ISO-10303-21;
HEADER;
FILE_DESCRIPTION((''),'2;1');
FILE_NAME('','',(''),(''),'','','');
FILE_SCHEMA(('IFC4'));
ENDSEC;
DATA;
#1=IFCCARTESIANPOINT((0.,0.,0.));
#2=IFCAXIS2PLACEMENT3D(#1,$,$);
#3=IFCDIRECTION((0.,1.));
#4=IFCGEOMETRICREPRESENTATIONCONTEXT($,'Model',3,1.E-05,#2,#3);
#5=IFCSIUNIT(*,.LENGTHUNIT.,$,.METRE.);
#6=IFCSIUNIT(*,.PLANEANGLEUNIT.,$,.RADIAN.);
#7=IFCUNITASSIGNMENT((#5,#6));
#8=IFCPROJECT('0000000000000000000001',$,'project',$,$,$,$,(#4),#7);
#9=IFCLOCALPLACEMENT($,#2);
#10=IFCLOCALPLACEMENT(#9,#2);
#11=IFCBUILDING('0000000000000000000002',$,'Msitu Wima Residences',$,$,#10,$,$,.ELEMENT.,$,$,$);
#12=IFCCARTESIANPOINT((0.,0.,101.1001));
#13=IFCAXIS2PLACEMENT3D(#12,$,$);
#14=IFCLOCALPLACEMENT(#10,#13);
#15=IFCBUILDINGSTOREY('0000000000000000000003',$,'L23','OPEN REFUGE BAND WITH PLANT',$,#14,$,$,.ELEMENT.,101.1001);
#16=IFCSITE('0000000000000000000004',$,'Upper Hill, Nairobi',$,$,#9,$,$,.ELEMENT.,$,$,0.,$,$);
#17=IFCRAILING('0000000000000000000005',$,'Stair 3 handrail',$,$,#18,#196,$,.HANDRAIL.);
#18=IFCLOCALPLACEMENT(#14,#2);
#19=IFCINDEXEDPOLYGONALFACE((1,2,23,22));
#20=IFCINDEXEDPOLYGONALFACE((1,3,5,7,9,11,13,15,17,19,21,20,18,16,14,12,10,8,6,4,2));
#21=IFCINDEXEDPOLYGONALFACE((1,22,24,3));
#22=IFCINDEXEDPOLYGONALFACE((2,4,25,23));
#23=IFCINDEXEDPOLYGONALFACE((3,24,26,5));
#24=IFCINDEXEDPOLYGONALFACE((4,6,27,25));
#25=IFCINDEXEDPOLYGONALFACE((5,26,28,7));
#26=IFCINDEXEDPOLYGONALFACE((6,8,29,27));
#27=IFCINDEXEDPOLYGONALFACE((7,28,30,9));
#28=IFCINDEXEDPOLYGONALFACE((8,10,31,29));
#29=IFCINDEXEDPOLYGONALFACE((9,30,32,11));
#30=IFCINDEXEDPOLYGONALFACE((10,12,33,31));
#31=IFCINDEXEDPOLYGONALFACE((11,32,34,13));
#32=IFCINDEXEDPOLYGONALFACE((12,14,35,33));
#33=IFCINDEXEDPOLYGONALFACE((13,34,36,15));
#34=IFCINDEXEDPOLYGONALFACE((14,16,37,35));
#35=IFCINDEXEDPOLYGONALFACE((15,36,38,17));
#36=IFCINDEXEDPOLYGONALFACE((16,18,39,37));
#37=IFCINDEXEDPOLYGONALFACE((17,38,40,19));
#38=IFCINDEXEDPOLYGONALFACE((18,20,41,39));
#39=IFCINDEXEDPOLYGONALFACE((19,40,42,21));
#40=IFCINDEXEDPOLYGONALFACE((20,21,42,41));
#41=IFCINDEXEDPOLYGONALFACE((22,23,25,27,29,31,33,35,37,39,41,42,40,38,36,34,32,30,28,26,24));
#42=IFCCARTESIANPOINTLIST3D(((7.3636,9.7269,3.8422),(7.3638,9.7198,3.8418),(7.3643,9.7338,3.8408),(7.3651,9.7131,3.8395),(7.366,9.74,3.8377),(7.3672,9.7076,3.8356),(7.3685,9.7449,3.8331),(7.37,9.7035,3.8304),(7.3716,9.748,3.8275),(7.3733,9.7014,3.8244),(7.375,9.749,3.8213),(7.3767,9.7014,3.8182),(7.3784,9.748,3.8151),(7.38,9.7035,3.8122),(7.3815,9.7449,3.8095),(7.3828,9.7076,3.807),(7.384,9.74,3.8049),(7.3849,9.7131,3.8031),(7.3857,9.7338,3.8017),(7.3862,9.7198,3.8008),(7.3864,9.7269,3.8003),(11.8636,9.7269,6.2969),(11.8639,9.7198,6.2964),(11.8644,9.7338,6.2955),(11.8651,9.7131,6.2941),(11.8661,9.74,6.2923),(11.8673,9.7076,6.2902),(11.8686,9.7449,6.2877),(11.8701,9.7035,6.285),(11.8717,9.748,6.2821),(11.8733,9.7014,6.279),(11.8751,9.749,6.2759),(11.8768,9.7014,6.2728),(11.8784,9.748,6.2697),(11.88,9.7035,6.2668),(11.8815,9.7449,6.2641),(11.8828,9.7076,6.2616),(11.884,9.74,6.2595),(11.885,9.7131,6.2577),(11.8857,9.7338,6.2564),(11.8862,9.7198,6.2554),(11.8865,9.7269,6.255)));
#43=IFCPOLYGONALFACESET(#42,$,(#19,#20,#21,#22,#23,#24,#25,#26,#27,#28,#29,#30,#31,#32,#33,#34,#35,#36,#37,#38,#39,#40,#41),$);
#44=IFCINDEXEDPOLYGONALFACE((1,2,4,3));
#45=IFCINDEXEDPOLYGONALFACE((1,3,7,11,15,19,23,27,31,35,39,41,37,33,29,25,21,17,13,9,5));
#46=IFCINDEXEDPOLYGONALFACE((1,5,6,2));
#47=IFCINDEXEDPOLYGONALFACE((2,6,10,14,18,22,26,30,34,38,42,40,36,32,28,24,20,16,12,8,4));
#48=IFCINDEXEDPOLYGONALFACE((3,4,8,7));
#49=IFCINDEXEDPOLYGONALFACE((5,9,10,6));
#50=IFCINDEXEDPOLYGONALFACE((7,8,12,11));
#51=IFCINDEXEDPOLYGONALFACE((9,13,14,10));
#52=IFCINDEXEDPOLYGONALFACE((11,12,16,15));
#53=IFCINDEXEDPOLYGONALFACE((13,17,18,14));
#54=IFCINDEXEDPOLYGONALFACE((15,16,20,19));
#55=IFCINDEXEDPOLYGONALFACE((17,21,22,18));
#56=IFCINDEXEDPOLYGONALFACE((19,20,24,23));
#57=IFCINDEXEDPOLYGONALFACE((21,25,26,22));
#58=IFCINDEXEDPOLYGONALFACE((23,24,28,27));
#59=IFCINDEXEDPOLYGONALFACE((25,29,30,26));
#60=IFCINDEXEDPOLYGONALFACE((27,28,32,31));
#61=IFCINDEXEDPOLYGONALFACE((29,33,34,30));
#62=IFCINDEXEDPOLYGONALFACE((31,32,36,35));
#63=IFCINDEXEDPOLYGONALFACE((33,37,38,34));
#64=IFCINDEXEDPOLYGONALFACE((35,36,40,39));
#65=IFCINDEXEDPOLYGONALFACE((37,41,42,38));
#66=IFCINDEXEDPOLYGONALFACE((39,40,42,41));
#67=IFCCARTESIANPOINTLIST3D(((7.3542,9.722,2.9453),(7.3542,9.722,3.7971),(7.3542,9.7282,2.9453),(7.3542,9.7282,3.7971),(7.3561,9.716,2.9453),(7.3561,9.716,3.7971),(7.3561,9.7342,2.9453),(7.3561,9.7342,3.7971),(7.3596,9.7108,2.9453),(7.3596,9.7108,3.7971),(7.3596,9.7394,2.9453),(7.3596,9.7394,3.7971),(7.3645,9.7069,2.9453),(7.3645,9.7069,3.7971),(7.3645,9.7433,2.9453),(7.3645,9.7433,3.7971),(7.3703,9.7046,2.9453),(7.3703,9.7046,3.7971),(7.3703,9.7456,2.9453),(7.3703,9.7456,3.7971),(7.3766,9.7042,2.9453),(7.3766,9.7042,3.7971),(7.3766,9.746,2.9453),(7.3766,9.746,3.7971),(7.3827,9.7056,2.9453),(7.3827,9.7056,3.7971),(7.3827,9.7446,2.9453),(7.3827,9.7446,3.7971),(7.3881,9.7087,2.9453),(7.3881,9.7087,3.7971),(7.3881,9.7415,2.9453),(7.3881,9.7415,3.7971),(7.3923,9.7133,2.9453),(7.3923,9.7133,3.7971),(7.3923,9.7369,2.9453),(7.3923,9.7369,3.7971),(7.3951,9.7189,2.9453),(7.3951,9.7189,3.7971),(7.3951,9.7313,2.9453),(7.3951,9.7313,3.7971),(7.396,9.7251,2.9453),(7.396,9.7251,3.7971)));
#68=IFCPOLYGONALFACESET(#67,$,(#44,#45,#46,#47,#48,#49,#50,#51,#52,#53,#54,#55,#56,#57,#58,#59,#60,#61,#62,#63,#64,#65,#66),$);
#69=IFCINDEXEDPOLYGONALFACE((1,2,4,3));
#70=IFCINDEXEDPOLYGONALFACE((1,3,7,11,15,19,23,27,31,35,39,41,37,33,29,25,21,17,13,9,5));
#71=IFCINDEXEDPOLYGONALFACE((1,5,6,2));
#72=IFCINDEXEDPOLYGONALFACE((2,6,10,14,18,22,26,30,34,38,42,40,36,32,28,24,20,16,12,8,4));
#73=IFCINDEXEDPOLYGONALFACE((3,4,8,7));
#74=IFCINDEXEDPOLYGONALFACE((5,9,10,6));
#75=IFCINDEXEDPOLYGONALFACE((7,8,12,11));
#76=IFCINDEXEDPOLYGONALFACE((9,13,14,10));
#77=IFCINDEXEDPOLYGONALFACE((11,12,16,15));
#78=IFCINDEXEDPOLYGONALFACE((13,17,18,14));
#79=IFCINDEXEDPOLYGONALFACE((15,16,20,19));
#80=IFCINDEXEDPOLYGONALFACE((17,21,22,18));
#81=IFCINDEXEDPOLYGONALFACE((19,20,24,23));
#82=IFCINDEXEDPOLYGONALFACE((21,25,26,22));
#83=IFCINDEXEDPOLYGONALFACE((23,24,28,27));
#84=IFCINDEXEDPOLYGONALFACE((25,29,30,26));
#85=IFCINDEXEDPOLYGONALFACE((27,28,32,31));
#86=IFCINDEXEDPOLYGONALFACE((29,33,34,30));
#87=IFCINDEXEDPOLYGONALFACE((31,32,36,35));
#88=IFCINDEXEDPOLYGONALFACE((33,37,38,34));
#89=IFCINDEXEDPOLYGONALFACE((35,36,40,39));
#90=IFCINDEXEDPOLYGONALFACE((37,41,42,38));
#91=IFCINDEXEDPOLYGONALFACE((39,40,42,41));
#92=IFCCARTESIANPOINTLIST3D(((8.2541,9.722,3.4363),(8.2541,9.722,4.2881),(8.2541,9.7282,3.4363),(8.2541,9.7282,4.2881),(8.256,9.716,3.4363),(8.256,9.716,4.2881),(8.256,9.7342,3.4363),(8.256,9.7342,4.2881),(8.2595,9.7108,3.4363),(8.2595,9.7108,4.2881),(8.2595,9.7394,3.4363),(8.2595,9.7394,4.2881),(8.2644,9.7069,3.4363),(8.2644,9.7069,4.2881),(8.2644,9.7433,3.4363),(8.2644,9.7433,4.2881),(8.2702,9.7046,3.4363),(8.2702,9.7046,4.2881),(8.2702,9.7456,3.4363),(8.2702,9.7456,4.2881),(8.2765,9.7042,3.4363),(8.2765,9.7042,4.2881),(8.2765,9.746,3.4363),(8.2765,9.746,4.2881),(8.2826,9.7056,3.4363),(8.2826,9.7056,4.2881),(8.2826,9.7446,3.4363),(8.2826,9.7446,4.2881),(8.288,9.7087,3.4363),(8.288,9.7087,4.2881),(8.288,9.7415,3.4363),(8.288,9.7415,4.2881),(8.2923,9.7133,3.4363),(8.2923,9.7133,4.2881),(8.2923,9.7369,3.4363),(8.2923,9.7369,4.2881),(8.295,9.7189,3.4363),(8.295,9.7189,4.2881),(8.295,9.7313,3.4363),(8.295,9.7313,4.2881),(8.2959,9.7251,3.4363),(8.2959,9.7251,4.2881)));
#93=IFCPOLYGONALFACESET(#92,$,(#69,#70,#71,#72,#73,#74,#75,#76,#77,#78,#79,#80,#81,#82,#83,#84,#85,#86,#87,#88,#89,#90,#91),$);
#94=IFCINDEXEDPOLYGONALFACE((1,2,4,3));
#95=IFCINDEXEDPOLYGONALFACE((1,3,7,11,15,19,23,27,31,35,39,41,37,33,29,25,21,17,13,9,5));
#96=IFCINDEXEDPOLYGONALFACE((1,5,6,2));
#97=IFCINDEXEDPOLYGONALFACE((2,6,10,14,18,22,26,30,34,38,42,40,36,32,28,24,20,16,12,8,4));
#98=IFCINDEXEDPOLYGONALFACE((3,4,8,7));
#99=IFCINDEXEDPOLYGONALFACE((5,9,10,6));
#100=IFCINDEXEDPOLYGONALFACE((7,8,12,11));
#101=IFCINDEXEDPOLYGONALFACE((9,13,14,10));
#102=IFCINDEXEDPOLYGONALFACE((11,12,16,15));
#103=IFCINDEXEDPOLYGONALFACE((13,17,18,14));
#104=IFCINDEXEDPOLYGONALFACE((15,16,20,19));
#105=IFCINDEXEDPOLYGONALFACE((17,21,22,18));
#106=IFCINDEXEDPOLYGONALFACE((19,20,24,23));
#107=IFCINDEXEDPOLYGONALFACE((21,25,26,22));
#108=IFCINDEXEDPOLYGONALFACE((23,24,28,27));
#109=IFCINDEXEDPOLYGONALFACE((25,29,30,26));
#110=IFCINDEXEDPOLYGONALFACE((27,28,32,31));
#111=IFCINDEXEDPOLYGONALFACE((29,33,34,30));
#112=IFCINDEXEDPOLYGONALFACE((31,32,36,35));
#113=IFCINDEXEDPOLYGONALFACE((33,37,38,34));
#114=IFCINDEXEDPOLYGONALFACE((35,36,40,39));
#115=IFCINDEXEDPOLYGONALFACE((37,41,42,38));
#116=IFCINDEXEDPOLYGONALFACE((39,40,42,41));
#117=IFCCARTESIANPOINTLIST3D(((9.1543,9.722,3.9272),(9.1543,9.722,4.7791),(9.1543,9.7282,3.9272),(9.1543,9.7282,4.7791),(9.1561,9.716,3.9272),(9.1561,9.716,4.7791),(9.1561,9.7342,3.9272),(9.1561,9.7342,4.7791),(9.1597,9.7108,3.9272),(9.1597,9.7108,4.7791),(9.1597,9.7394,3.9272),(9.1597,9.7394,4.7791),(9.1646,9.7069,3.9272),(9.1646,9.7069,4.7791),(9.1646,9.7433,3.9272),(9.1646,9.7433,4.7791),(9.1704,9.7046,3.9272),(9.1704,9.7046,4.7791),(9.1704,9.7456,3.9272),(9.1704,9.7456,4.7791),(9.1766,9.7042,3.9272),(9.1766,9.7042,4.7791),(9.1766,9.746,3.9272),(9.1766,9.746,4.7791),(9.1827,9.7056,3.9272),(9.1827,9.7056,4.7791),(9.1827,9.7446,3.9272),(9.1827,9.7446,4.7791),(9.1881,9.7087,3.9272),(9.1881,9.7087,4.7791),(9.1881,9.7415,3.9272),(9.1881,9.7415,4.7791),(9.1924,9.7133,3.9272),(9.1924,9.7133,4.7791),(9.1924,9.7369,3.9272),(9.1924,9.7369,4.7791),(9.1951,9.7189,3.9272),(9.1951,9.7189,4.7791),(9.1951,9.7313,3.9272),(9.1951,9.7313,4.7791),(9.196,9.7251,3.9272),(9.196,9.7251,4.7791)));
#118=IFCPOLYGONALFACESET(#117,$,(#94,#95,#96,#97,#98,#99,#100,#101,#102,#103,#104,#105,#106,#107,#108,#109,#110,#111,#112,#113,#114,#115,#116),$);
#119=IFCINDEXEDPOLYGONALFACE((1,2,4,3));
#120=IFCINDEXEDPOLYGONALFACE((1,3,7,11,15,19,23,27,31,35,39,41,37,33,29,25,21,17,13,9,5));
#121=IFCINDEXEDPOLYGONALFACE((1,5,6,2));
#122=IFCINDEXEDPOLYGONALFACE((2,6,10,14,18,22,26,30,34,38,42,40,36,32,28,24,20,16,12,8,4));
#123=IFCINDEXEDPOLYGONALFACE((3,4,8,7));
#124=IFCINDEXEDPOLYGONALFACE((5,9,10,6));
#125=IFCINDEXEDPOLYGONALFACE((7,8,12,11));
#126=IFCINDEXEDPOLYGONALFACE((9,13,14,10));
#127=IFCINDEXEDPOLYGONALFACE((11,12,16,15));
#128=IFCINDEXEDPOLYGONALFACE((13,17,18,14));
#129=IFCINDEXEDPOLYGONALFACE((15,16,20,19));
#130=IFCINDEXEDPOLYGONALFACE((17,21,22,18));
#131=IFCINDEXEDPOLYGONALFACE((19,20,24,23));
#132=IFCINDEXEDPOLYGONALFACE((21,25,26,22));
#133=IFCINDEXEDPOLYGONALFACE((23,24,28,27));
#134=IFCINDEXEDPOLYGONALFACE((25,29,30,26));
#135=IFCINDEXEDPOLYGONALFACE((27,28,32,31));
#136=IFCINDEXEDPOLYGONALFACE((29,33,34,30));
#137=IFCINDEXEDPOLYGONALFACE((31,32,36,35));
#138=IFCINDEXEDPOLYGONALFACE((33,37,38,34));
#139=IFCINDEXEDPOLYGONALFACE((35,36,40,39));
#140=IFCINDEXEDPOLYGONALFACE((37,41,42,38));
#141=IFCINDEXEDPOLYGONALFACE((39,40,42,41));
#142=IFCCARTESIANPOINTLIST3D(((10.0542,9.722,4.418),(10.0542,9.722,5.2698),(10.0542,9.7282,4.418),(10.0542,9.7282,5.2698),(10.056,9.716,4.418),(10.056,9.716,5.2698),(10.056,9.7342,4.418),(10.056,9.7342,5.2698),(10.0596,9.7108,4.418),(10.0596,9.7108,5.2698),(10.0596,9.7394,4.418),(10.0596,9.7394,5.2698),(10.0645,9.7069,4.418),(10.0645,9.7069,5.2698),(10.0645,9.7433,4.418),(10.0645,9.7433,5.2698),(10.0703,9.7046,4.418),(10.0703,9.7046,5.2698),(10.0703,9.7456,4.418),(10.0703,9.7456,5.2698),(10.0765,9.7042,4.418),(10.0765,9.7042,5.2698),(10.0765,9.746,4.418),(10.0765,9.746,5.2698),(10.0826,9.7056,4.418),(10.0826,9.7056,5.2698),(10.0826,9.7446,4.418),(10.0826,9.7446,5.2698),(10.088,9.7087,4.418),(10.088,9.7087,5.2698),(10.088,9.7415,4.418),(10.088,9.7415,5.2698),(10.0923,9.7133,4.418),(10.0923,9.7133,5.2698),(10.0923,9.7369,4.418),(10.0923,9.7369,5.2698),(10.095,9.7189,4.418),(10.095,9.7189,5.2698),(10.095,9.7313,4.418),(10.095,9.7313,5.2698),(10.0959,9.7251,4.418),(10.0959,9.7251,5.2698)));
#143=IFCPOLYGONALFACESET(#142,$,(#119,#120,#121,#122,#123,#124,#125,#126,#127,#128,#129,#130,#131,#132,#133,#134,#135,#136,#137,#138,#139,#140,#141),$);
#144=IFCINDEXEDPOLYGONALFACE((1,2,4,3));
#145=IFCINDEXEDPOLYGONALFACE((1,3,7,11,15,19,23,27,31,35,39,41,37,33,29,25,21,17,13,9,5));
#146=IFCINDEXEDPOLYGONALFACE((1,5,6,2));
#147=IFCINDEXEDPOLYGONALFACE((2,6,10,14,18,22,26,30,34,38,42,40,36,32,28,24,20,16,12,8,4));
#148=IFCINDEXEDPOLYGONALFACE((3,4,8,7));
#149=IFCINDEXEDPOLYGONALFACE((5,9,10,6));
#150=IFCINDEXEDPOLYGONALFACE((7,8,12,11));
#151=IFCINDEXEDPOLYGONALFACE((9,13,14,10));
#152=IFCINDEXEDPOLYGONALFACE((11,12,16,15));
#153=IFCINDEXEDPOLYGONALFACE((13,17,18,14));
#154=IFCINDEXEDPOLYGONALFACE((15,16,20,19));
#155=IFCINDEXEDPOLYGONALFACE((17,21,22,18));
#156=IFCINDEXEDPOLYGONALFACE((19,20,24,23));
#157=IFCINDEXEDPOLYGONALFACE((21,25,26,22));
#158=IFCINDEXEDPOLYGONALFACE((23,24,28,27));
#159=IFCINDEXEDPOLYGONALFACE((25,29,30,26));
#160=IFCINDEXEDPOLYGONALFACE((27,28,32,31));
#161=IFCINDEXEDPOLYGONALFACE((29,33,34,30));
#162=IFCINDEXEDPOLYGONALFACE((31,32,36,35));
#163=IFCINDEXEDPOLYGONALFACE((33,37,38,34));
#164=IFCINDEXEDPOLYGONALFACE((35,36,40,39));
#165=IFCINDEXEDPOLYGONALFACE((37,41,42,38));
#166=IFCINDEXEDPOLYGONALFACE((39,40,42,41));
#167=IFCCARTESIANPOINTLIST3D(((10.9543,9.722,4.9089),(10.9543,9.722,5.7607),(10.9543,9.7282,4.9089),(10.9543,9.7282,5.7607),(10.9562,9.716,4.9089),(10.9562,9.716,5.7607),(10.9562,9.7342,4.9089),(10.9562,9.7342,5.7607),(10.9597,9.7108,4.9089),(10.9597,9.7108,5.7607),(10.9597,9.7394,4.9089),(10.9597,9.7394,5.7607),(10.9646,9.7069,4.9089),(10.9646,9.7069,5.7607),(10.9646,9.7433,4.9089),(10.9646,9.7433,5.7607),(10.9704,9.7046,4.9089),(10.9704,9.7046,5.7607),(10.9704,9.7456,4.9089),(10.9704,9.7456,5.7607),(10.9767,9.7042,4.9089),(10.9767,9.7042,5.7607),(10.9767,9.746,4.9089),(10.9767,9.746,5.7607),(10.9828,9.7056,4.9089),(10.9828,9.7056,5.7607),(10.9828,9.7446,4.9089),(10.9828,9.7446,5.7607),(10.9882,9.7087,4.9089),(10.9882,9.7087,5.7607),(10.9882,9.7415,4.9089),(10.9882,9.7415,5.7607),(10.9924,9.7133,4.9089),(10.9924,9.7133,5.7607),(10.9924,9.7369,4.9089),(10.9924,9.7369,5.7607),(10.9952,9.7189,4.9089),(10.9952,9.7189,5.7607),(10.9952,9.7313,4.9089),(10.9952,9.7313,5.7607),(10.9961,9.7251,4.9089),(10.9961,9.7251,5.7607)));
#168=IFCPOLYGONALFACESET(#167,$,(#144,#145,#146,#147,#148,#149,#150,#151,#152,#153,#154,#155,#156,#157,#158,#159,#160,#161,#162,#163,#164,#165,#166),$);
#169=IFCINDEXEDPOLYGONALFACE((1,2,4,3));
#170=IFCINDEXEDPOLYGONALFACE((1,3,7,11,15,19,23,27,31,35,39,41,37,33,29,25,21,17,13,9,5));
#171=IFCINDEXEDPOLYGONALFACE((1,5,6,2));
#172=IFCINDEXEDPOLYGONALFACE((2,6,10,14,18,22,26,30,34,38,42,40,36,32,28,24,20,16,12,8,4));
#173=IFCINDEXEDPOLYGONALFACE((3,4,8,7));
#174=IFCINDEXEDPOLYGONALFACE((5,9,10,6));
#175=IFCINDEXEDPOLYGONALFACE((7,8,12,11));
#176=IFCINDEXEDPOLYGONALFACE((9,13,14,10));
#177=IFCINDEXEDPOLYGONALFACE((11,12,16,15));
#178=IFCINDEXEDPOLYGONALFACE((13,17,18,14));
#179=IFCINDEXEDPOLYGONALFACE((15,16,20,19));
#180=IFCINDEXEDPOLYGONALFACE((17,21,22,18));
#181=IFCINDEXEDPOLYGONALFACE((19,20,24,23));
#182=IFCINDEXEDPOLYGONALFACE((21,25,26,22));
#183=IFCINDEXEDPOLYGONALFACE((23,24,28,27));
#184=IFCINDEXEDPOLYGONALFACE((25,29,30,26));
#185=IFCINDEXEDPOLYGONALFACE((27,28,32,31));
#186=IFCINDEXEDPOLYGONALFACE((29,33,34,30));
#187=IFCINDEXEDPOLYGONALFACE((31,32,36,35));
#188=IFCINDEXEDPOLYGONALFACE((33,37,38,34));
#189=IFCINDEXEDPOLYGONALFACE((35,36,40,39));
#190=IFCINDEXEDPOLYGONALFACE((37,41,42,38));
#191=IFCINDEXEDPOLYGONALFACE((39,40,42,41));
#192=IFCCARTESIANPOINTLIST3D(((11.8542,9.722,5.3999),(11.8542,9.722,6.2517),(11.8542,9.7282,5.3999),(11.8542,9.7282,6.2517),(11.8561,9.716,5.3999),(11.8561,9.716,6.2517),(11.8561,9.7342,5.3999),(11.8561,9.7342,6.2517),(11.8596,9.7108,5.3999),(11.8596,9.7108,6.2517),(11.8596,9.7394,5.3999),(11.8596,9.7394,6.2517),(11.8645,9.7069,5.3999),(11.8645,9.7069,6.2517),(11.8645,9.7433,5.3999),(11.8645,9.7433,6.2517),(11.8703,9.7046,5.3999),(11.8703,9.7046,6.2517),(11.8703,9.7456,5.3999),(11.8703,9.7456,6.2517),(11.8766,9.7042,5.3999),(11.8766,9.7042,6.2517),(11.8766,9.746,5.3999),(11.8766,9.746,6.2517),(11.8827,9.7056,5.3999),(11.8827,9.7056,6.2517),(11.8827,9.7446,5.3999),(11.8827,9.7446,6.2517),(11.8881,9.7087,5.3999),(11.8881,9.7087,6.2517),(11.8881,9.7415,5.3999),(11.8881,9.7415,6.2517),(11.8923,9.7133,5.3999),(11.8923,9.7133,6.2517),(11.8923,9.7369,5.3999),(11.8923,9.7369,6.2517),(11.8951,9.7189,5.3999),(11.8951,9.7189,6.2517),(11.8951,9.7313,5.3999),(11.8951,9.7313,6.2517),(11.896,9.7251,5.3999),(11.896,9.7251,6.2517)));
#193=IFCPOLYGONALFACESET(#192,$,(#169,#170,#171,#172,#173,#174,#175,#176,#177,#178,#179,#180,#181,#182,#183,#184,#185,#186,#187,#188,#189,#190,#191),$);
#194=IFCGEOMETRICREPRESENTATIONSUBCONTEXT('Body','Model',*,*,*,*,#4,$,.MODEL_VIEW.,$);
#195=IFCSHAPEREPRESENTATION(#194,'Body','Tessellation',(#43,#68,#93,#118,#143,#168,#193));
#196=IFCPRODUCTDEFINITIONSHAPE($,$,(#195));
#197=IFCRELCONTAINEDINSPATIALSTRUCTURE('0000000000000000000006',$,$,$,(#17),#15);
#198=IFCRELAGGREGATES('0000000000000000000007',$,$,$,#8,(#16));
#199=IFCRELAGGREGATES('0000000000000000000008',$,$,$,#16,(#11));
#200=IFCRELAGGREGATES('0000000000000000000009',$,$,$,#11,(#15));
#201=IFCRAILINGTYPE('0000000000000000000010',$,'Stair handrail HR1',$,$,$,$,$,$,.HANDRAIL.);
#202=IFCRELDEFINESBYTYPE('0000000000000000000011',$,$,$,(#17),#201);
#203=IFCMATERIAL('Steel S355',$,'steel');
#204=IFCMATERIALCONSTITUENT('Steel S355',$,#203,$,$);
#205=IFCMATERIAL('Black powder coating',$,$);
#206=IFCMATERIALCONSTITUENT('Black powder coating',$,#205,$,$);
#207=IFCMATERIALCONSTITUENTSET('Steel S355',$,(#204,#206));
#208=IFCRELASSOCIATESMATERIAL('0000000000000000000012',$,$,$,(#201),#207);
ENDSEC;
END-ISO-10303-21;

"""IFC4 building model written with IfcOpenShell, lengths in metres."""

from ifc_helpers import new_model, si_unit, direction, frame, origin, origin_2d, place, context, subcontext, project, spatial, circle, extrude, material, constituent, constituent_set, type_object, element, save


model = new_model("IFC4")

# Units and contexts
model_context = context("Model", 3, precision=1e-05, world=origin(), true_north=direction((0.0, 1.0)))
body_context = subcontext(model_context, "Body", "Model", "MODEL_VIEW")
ifc_project = project(units=[si_unit("LENGTHUNIT", "METRE"), si_unit("PLANEANGLEUNIT", "RADIAN")], contexts=[model_context])

# Site, building, storey
site_placement = place(None, origin())
site = spatial("IfcSite", under=ifc_project, at=site_placement, Name="Upper Hill, Nairobi", CompositionType="ELEMENT", RefElevation=0.0)
building_placement = place(site_placement, origin())
building = spatial("IfcBuilding", under=site, at=building_placement, Name="Msitu Wima Residences", CompositionType="ELEMENT")
storey_placement = place(building_placement, frame((0.0, 0.0, 101.1001)))
storey = spatial("IfcBuildingStorey", under=building, at=storey_placement, Name="L23", Description="OPEN REFUGE BAND WITH PLANT", CompositionType="ELEMENT", Elevation=101.1001)

# Railing
ifc_material_1 = material(Name="Steel S355", Category="steel")
ifc_constituent_1 = constituent(ifc_material_1, Name="Steel S355")
ifc_material_2 = material(Name="Black powder coating")
ifc_constituent_2 = constituent(ifc_material_2, Name="Black powder coating")
ifc_constituent_set_1 = constituent_set(constituents=[ifc_constituent_1, ifc_constituent_2], Name="Steel S355")
railing_type_1 = type_object("IfcRailingType", Name="Stair handrail HR1", PredefinedType="HANDRAIL", material=ifc_constituent_set_1)
for number, where, name in (
    (1, (7.375, 9.7251, 2.9453), "Stair 3 handrail"),
):
    element("IfcRailing", number, at=place(storey_placement, frame(where)), inside=storey, type_object=railing_type_1, Name=name, PredefinedType="HANDRAIL", context=body_context, shape_type="SweptSolid", body=[
        extrude(circle(Radius=0.0239, at=origin_2d()), frame((0.0, 0.0, 0.876), z_axis=(0.877892, 0.0, 0.478859), x_axis=(0.0, 1.0, 0.0)), (0.0, 0.0, 1.0), 5.126),
        extrude(circle(Radius=0.021, at=origin_2d()), origin(), (0.0, 0.0, 1.0), 0.8518),
        extrude(circle(Radius=0.021, at=origin_2d()), frame((0.8999, 0.0, 0.491)), (0.0, 0.0, 1.0), 0.8518),
        extrude(circle(Radius=0.021, at=origin_2d()), frame((1.8, 0.0, 0.9819)), (0.0, 0.0, 1.0), 0.8518),
        extrude(circle(Radius=0.021, at=origin_2d()), frame((2.7, 0.0, 1.4727)), (0.0, 0.0, 1.0), 0.8518),
        extrude(circle(Radius=0.021, at=origin_2d()), frame((3.6001, 0.0, 1.9636)), (0.0, 0.0, 1.0), 0.8518),
        extrude(circle(Radius=0.021, at=origin_2d()), frame((4.5, 0.0, 2.4546)), (0.0, 0.0, 1.0), 0.8518),
    ])

save(model, "model.ifc")
